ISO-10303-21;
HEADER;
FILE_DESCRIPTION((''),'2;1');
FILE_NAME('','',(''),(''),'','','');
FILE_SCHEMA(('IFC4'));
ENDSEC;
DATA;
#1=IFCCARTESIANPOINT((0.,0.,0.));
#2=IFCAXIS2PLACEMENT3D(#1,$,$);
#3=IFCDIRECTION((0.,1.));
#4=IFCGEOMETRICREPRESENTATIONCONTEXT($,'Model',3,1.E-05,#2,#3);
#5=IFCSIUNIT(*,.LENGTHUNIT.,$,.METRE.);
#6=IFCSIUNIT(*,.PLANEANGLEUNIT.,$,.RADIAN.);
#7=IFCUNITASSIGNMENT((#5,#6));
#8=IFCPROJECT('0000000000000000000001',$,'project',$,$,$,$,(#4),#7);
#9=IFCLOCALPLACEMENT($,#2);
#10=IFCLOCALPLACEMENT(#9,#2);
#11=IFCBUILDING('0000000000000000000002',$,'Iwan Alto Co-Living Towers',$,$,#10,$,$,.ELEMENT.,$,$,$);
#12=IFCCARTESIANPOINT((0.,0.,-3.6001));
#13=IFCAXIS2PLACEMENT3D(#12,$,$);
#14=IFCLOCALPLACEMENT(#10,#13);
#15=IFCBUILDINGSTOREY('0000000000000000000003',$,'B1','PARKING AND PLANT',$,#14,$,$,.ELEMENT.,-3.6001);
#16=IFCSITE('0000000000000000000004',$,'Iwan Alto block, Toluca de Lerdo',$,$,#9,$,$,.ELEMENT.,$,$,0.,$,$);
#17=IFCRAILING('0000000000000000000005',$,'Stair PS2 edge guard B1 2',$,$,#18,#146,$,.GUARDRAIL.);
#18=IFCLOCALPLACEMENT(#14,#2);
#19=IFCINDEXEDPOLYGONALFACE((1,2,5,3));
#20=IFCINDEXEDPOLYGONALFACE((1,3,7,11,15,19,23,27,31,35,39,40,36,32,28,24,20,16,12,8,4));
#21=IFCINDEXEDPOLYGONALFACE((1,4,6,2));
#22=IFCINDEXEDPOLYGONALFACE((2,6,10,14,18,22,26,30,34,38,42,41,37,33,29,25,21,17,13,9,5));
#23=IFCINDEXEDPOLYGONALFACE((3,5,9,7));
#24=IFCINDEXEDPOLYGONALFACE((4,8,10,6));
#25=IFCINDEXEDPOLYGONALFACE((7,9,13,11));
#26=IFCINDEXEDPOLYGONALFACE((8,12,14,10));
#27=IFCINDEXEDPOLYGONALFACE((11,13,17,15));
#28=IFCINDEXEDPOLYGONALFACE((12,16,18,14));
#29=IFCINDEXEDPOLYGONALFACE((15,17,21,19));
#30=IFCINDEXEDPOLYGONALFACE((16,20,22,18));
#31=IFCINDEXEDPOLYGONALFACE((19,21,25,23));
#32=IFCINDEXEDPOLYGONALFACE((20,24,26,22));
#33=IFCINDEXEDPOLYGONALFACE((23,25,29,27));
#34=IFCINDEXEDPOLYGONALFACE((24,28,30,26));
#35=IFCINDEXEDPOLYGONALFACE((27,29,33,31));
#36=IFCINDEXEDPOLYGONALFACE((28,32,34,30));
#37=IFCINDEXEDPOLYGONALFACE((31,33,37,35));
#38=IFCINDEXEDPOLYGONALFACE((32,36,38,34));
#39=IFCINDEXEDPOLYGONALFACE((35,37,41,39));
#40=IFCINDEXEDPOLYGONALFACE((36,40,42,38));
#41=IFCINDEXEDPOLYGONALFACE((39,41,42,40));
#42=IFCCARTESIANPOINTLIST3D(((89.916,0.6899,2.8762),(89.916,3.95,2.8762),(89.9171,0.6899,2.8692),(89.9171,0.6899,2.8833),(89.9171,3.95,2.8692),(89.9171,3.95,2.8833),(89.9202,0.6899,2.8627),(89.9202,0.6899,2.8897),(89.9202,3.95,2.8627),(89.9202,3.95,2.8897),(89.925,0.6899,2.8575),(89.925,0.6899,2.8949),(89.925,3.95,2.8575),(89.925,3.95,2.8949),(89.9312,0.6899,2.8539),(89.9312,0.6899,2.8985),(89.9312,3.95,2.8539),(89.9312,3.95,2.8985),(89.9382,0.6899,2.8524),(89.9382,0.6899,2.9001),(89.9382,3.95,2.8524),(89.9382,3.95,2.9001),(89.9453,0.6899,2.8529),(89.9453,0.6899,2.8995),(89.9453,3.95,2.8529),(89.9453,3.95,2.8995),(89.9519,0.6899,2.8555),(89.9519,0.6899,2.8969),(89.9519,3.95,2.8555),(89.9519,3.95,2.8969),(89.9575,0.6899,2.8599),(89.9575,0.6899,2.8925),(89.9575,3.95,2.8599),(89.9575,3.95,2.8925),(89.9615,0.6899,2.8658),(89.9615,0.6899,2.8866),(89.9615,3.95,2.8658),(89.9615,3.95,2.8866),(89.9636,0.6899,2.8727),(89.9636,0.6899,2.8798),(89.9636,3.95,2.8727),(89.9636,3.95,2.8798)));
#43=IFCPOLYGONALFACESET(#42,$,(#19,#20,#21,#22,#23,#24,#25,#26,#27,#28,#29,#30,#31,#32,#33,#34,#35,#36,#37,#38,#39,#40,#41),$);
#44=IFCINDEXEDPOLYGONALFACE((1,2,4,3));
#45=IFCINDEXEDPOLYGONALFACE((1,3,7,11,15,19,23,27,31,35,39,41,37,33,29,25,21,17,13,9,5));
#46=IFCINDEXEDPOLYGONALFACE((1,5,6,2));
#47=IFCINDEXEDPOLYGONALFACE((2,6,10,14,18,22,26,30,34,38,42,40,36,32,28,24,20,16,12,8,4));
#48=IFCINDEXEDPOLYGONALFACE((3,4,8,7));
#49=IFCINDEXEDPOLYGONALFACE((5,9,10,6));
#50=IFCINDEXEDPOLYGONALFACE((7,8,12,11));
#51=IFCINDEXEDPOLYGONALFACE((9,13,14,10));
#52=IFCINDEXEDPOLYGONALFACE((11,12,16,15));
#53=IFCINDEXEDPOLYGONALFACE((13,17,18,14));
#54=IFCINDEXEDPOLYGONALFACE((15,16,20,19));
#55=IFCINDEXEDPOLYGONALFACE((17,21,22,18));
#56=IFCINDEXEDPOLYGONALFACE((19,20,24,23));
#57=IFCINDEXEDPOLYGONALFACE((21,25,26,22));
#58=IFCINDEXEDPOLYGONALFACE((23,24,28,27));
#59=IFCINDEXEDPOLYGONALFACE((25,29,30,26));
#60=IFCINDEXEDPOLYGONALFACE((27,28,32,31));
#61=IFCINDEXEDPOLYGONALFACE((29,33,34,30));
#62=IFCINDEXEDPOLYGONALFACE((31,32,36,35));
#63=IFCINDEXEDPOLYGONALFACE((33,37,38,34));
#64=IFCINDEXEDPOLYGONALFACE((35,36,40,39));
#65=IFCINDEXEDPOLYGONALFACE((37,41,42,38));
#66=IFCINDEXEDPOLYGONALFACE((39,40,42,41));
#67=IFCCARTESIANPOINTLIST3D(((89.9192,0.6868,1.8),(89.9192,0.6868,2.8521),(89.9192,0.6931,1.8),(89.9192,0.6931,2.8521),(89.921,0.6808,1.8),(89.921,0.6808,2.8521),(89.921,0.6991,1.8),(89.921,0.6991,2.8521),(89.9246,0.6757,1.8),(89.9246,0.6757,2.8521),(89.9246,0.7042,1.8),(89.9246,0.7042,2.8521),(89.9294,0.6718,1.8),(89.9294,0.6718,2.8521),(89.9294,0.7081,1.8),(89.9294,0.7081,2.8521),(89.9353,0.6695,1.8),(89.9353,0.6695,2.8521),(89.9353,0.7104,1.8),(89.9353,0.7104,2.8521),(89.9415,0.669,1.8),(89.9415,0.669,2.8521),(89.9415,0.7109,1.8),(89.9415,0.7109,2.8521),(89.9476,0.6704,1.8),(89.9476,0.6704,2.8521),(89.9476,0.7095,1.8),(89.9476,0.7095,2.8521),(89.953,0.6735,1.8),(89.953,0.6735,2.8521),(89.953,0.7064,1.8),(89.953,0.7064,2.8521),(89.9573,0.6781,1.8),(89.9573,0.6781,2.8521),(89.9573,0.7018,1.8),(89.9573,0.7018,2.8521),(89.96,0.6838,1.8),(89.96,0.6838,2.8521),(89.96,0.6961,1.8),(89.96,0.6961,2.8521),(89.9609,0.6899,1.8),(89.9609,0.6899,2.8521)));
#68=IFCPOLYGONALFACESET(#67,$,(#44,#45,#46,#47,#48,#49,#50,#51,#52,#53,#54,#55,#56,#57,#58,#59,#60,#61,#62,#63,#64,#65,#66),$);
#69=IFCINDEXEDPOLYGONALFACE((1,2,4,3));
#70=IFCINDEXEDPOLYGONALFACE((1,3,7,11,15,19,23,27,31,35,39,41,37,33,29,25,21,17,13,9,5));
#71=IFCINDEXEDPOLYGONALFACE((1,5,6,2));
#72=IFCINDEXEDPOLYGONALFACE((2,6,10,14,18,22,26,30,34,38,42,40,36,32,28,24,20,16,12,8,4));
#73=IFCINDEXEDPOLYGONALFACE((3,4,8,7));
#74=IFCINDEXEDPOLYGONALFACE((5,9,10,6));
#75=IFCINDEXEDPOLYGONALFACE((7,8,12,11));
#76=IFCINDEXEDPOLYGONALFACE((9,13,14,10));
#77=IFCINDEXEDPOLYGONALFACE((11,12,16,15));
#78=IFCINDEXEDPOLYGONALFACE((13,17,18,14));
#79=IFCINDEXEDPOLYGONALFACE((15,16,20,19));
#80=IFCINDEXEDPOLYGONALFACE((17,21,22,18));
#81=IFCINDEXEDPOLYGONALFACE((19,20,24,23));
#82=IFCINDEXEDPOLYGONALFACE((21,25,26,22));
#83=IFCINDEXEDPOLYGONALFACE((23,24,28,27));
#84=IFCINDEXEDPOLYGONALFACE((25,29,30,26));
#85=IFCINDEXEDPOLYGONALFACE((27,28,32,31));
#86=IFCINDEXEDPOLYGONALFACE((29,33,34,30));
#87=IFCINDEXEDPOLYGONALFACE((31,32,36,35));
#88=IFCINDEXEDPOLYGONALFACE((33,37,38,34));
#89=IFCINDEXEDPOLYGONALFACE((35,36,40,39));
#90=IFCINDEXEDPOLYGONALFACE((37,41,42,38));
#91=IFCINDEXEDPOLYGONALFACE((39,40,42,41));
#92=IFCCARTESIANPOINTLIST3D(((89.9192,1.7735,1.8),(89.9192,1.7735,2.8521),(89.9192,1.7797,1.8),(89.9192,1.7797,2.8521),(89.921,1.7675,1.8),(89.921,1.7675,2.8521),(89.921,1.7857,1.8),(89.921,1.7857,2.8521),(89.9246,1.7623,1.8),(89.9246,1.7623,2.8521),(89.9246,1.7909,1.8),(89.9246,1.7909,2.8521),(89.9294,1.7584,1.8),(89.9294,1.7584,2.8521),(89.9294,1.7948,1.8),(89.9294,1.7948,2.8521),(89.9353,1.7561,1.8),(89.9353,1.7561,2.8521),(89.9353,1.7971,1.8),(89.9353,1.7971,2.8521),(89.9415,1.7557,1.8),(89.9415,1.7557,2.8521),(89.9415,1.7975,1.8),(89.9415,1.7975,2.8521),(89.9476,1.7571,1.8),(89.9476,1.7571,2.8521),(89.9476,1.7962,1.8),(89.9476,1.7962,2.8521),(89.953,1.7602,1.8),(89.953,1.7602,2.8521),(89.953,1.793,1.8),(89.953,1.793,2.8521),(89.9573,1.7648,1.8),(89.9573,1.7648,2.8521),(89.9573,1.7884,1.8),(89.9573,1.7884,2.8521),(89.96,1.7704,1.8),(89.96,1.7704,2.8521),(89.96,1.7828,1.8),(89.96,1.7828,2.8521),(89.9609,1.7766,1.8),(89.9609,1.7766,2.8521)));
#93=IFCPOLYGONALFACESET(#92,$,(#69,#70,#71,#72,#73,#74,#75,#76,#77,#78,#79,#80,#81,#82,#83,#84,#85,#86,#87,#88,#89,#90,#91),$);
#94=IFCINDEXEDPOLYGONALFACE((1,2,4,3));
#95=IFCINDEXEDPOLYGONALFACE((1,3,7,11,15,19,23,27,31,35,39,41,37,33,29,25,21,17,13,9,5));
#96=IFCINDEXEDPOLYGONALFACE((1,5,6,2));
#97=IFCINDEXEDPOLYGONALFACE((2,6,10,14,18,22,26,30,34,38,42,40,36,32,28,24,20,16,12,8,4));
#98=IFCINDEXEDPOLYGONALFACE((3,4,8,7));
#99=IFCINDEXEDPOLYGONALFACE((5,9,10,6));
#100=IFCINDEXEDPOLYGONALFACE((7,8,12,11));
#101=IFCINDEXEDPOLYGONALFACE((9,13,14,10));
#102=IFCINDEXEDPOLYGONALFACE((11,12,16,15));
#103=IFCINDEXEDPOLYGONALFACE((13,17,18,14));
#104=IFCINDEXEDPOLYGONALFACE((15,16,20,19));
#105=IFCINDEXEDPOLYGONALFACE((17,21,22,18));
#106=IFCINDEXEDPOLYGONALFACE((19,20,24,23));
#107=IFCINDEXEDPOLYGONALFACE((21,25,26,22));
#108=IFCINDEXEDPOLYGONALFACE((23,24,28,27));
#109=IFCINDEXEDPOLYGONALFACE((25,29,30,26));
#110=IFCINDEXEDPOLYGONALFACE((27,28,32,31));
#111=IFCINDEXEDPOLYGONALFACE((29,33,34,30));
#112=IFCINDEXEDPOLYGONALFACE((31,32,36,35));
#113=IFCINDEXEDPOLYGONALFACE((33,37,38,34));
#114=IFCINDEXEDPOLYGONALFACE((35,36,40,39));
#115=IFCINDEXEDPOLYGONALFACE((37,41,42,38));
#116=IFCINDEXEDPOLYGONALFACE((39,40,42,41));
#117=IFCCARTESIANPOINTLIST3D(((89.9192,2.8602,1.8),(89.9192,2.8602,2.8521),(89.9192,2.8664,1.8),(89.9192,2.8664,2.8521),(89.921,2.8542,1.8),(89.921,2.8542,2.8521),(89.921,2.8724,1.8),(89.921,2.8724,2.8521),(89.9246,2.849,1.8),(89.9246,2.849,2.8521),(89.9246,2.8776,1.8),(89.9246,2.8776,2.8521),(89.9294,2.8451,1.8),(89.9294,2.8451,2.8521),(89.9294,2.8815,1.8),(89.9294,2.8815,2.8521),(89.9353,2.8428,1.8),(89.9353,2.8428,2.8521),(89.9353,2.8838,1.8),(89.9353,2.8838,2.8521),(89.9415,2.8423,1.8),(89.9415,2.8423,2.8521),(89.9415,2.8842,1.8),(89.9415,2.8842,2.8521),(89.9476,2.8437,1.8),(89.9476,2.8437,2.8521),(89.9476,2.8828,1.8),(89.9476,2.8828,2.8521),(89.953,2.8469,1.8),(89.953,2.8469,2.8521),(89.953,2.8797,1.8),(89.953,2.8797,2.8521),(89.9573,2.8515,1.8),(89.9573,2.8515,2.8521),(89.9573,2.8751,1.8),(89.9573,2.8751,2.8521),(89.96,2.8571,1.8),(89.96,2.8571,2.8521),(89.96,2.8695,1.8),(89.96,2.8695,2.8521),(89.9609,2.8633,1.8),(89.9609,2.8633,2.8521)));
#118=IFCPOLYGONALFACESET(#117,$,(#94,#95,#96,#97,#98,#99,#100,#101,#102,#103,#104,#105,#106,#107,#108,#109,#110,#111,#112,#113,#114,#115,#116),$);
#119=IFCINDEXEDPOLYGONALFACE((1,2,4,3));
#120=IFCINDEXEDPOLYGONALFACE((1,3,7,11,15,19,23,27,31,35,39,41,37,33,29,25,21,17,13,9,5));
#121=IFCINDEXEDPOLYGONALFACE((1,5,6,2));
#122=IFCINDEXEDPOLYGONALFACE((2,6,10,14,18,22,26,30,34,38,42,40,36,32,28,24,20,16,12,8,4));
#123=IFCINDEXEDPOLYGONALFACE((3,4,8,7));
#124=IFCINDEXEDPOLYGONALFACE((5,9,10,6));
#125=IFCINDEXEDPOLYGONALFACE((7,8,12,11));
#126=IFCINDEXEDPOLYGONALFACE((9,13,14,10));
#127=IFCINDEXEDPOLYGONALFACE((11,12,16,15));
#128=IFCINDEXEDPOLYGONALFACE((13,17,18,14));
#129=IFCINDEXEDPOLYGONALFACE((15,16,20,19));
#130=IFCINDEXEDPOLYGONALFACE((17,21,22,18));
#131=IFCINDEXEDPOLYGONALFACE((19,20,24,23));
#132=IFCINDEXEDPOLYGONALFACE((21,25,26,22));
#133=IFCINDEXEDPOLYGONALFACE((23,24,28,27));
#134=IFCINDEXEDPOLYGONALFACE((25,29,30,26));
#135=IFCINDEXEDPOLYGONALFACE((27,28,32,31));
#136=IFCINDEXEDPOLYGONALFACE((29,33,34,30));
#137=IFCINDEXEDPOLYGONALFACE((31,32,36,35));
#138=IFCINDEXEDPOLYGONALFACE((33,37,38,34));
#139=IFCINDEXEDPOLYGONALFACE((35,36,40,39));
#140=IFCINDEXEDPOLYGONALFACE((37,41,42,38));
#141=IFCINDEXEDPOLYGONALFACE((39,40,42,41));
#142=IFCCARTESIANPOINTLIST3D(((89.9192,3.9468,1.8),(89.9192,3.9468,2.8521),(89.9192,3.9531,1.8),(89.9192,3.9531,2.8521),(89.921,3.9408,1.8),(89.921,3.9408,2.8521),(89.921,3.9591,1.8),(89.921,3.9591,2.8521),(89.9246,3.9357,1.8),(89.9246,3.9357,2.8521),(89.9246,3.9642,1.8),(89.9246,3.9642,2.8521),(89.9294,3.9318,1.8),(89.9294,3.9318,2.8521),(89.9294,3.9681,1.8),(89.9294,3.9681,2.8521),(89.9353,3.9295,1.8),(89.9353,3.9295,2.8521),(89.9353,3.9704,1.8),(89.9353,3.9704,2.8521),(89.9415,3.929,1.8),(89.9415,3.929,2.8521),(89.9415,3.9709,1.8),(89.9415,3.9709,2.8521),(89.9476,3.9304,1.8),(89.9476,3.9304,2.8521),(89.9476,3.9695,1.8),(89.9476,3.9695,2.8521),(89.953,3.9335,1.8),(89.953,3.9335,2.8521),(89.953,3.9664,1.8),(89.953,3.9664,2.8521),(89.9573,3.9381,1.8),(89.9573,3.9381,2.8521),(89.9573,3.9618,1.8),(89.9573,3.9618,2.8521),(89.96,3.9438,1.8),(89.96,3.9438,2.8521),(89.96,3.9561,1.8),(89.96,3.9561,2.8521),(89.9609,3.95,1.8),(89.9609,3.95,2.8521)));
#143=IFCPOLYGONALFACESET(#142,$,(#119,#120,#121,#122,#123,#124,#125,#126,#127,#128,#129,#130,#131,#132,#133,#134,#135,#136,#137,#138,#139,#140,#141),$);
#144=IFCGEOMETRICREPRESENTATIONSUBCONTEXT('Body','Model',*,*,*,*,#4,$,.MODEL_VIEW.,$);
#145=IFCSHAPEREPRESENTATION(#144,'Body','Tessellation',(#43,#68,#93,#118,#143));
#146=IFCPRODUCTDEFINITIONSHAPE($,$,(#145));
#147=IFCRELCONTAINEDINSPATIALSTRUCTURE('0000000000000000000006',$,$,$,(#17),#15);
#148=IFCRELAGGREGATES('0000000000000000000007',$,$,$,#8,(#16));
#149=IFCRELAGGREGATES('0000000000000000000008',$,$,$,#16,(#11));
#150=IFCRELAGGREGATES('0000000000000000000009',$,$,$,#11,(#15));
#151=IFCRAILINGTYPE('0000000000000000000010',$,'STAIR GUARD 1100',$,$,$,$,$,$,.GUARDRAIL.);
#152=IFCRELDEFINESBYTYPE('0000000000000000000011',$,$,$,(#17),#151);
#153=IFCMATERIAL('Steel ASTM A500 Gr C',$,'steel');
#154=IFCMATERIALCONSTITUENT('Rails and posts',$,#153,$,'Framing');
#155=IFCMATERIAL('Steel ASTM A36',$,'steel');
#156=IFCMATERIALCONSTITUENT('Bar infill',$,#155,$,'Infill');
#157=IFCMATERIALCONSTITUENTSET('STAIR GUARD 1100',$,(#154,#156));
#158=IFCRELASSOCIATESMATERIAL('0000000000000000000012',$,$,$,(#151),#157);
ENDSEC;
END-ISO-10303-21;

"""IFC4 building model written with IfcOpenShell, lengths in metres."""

from ifc_helpers import new_model, si_unit, direction, frame, origin, origin_2d, place, context, subcontext, project, spatial, circle, extrude, material, constituent, constituent_set, type_object, element, save


model = new_model("IFC4")

# Units and contexts
model_context = context("Model", 3, precision=1e-05, world=origin(), true_north=direction((0.0, 1.0)))
body_context = subcontext(model_context, "Body", "Model", "MODEL_VIEW")
ifc_project = project(units=[si_unit("LENGTHUNIT", "METRE"), si_unit("PLANEANGLEUNIT", "RADIAN")], contexts=[model_context])

# Site, building, storey
site_placement = place(None, origin())
site = spatial("IfcSite", under=ifc_project, at=site_placement, Name="Iwan Alto block, Toluca de Lerdo", CompositionType="ELEMENT", RefElevation=0.0)
building_placement = place(site_placement, origin())
building = spatial("IfcBuilding", under=site, at=building_placement, Name="Iwan Alto Co-Living Towers", CompositionType="ELEMENT")
storey_placement = place(building_placement, frame((0.0, 0.0, -3.6001)))
storey = spatial("IfcBuildingStorey", under=building, at=storey_placement, Name="B1", Description="PARKING AND PLANT", CompositionType="ELEMENT", Elevation=-3.6001)

# Shared definitions
ifc_material_1 = material(Name="Steel ASTM A36", Category="steel")

# Railing
ifc_material_2 = material(Name="Steel ASTM A500 Gr C", Category="steel")
ifc_constituent_1 = constituent(ifc_material_2, Name="Rails and posts", Category="Framing")
ifc_constituent_2 = constituent(ifc_material_1, Name="Bar infill", Category="Infill")
ifc_constituent_set_1 = constituent_set(constituents=[ifc_constituent_1, ifc_constituent_2], Name="STAIR GUARD 1100")
railing_type_1 = type_object("IfcRailingType", Name="STAIR GUARD 1100", PredefinedType="GUARDRAIL", material=ifc_constituent_set_1)
railing_1_placement = place(storey_placement, frame((89.9399, 0.6899, 1.8)))
element("IfcRailing", 1, at=railing_1_placement, inside=storey, type_object=railing_type_1, Name="Stair PS2 edge guard B1 2", PredefinedType="GUARDRAIL", context=body_context, shape_type="SweptSolid", body=[
    extrude(circle(Radius=0.0239, at=origin_2d()), frame((0.0, 0.0, 1.0762), z_axis=(0.0, 1.0, 0.0), x_axis=(-1.0, 0.0, 0.0)), (0.0, 0.0, 1.0), 3.26),
    extrude(circle(Radius=0.021, at=origin_2d()), origin(), (0.0, 0.0, 1.0), 1.052),
    extrude(circle(Radius=0.021, at=origin_2d()), frame((0.0, 1.0867, 0.0)), (0.0, 0.0, 1.0), 1.052),
    extrude(circle(Radius=0.021, at=origin_2d()), frame((0.0, 2.1733, 0.0)), (0.0, 0.0, 1.0), 1.052),
    extrude(circle(Radius=0.021, at=origin_2d()), frame((0.0, 3.26, 0.0)), (0.0, 0.0, 1.0), 1.052),
])

save(model, "model.ifc")
